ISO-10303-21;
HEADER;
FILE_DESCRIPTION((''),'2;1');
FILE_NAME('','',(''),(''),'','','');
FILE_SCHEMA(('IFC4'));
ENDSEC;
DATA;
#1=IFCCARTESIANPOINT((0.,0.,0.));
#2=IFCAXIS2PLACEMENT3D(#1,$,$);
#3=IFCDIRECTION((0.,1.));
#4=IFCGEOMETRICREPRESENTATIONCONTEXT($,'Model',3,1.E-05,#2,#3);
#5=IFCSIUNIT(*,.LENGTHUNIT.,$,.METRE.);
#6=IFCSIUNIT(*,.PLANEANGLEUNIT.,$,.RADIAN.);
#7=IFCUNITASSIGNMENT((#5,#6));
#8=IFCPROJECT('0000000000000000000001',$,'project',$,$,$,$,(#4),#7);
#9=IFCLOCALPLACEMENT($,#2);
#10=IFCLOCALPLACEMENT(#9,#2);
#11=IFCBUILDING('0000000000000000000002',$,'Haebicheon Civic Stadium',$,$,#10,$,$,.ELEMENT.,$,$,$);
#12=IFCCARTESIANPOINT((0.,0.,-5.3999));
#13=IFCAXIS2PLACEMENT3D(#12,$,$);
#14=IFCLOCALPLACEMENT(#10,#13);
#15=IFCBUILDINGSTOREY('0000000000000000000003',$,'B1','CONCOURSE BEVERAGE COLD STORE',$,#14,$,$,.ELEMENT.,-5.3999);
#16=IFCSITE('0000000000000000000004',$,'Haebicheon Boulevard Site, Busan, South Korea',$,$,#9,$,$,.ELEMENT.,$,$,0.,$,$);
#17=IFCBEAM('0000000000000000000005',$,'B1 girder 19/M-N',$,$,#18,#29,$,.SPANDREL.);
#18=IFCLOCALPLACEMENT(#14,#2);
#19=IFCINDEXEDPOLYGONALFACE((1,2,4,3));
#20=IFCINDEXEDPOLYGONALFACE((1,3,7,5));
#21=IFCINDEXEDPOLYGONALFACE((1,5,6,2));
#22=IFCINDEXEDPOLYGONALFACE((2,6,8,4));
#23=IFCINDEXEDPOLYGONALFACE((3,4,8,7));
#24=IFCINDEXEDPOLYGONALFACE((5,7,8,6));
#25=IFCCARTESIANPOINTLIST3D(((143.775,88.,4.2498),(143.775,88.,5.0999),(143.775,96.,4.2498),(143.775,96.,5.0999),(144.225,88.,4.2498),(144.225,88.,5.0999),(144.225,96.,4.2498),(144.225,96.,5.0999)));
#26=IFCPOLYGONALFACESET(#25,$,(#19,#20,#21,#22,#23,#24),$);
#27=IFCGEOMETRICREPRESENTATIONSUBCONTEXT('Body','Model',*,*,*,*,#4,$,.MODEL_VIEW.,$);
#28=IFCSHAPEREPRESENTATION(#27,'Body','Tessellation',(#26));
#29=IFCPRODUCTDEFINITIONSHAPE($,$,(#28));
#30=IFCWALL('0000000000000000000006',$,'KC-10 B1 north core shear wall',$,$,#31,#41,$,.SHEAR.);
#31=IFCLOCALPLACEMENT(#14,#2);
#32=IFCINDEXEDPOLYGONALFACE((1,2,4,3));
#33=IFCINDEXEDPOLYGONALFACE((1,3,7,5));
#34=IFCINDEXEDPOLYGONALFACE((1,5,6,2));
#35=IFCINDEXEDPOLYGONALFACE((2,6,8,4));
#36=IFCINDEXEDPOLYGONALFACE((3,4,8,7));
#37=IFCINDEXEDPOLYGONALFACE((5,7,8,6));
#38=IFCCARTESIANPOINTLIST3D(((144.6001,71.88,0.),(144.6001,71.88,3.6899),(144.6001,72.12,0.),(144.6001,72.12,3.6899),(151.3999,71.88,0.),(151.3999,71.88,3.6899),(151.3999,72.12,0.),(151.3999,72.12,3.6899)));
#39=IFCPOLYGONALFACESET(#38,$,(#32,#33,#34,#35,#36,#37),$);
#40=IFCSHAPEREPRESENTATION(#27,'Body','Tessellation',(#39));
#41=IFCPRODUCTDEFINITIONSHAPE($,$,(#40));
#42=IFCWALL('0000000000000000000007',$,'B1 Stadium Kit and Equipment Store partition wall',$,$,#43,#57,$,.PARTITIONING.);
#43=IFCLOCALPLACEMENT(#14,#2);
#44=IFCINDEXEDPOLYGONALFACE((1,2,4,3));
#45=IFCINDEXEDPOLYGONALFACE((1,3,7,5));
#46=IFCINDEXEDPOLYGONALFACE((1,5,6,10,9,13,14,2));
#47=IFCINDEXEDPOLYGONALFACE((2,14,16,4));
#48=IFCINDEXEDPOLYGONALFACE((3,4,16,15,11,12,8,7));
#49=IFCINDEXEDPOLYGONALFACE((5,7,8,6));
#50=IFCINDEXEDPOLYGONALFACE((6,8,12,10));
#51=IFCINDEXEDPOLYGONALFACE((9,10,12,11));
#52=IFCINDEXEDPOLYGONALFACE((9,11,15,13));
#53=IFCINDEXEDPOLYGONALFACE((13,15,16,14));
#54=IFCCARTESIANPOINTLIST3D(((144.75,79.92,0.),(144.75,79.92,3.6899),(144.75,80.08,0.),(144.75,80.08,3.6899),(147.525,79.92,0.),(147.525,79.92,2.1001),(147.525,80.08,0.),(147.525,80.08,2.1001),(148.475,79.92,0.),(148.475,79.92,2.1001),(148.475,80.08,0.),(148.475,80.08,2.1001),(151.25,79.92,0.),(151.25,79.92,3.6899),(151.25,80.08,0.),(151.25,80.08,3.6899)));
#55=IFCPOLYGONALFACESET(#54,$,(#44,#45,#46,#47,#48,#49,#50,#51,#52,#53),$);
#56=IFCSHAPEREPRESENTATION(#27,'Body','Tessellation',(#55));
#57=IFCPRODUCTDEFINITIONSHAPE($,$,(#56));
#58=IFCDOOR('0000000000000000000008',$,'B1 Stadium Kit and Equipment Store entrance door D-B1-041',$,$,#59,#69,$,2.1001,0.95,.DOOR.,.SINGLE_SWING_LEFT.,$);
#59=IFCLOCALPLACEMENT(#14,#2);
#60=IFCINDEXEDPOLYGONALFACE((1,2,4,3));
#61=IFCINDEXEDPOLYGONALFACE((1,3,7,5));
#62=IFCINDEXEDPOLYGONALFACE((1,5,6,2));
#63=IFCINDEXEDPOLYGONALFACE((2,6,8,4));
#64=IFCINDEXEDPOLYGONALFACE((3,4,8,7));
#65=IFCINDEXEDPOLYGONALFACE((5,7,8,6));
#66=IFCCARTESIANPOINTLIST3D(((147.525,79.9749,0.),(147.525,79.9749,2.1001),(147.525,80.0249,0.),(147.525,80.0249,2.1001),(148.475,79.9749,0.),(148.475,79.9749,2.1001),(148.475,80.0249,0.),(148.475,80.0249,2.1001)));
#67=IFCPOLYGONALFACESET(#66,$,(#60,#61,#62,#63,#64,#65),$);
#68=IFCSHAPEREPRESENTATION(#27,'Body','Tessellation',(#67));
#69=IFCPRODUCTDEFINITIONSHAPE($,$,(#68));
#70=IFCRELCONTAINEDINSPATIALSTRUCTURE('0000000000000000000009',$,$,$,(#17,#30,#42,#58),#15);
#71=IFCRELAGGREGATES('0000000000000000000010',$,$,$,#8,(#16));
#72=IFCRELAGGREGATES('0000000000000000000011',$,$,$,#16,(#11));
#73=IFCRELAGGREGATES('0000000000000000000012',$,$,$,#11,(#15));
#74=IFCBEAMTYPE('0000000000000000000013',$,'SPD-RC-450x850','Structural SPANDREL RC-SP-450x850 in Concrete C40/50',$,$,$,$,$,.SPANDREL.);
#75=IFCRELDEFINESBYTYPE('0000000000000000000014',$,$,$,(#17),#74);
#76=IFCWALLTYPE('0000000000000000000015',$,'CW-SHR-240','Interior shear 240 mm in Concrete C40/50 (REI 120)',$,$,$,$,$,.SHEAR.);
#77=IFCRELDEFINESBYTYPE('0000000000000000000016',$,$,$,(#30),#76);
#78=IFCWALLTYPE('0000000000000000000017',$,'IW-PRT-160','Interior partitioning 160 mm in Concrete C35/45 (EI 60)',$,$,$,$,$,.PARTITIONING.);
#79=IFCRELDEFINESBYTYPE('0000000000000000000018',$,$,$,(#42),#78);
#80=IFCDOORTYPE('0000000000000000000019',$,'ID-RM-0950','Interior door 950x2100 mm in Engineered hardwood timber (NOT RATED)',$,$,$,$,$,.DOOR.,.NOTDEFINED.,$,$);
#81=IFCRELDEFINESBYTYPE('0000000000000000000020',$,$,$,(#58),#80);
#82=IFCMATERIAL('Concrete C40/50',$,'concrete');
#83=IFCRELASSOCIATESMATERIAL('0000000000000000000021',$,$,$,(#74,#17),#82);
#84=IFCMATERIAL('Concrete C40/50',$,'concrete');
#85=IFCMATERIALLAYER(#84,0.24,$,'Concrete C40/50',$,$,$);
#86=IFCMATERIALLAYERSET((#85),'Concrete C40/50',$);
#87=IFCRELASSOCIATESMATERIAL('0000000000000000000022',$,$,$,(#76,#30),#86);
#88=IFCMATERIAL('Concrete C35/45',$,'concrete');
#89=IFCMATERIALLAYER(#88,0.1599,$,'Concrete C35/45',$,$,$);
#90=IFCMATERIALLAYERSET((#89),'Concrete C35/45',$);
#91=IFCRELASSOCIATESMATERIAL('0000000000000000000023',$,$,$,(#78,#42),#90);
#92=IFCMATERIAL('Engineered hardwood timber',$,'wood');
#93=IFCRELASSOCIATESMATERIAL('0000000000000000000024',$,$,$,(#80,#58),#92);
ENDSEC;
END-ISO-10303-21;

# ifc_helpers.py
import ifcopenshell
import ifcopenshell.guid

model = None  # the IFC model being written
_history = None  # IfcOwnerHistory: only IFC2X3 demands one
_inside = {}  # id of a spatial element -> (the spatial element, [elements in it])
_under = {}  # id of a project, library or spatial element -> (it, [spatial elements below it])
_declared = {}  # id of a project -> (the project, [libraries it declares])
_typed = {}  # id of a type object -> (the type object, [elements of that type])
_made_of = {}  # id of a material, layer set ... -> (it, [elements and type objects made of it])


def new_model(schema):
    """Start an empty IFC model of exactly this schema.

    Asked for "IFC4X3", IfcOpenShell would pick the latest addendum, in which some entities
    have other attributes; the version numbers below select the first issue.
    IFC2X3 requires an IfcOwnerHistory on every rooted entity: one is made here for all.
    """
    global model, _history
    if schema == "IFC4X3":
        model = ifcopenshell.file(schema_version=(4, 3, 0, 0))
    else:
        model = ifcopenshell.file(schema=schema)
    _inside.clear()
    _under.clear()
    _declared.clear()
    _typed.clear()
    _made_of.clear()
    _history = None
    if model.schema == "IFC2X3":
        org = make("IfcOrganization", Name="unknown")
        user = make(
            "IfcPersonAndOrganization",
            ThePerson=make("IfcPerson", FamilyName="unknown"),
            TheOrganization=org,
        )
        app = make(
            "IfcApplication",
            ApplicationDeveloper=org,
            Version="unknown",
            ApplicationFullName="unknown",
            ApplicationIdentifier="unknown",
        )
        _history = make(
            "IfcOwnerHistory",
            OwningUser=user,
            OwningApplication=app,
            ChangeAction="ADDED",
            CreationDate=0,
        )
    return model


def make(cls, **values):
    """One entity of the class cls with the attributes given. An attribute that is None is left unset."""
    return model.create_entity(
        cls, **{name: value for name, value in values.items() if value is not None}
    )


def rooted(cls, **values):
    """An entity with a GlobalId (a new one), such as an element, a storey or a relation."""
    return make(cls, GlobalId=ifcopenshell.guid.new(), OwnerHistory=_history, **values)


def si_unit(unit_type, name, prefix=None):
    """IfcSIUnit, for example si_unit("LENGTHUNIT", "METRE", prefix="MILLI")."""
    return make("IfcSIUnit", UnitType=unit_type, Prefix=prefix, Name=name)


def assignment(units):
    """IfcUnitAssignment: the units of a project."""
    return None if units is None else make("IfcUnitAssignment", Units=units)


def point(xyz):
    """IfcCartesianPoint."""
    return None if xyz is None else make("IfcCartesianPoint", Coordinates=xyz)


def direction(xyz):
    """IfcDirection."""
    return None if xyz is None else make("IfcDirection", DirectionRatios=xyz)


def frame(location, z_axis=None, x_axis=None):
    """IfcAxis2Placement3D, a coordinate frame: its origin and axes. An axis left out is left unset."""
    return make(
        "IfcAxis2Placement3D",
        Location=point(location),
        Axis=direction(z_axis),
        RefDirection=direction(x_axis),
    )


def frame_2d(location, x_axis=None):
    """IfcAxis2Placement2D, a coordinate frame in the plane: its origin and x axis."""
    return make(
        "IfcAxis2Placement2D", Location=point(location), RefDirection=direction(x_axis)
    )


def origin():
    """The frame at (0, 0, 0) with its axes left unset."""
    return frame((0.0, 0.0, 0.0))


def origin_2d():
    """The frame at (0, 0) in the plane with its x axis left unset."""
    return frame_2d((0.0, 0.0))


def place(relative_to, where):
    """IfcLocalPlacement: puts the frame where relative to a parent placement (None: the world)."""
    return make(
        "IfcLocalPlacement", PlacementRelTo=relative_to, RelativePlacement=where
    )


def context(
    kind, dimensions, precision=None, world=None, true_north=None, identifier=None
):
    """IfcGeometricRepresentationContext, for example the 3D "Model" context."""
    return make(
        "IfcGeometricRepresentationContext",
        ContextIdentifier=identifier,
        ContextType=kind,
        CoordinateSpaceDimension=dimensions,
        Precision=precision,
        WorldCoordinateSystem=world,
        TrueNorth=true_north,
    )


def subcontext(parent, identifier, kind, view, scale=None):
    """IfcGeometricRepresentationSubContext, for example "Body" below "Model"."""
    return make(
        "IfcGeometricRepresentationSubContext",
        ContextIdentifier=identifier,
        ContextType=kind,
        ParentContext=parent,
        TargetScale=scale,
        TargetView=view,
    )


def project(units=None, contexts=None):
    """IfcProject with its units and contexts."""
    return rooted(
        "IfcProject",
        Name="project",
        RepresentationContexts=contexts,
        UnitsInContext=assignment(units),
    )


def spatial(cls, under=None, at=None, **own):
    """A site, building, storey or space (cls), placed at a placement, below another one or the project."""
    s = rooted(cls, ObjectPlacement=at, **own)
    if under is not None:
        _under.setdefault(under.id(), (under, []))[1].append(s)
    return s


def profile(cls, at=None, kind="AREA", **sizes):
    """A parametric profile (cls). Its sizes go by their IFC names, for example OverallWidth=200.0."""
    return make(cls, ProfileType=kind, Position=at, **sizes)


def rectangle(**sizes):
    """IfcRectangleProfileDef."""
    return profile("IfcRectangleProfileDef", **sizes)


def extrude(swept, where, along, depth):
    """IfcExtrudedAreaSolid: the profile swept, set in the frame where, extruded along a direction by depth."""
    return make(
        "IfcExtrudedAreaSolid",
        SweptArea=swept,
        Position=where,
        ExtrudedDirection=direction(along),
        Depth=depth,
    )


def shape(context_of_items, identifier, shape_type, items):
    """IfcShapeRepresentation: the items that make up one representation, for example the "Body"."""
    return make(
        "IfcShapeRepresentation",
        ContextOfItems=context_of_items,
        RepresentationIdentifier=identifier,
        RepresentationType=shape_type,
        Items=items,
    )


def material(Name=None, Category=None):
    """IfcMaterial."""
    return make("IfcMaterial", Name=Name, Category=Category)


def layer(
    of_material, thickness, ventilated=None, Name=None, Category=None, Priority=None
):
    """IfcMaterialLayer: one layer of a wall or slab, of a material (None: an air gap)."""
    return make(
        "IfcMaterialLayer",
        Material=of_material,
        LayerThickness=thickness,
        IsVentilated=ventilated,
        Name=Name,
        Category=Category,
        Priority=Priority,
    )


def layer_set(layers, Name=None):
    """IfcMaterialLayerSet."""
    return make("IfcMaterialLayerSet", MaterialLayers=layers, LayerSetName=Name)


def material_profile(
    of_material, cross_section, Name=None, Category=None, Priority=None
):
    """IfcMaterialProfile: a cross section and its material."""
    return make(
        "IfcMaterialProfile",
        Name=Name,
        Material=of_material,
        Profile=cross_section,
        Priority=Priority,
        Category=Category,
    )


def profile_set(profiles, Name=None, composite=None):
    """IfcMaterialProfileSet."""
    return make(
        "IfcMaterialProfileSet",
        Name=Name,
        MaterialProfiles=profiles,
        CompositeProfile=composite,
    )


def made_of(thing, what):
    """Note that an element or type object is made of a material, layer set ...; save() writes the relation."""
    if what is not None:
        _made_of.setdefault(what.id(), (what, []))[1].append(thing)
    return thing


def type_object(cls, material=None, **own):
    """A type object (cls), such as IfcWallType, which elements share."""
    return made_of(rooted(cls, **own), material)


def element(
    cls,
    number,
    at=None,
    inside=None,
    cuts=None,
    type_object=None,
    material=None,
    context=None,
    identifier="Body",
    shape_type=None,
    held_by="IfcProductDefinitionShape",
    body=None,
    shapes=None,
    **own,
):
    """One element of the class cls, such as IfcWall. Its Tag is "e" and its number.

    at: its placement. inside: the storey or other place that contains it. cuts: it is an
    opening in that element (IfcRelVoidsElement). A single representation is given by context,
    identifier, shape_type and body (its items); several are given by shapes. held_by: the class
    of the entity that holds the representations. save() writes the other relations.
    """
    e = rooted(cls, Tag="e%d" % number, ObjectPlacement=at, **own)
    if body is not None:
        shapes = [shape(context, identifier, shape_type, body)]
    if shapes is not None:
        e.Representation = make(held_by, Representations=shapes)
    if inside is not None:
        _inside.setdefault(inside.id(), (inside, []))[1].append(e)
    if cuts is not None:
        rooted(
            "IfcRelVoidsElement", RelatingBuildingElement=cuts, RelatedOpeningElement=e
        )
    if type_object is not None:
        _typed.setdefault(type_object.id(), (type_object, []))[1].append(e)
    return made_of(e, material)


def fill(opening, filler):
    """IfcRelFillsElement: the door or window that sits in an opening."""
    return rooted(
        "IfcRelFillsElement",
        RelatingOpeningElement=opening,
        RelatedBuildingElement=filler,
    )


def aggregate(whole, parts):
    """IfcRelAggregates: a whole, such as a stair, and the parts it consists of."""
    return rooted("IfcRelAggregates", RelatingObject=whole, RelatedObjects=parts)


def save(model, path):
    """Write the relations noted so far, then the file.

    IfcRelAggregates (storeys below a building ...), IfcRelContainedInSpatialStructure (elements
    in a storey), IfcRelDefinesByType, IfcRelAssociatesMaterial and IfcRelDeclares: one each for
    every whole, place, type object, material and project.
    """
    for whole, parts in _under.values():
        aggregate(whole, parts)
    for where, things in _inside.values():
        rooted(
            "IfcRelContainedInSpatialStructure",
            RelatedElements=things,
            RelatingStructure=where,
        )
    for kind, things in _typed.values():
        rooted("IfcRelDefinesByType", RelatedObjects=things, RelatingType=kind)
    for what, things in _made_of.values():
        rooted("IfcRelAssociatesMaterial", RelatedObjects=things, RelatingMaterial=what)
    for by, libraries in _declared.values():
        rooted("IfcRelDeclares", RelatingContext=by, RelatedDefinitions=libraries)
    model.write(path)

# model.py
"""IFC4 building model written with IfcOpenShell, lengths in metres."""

from ifc_helpers import new_model, si_unit, direction, frame, frame_2d, origin, origin_2d, place, context, subcontext, project, spatial, rectangle, extrude, material, layer, layer_set, material_profile, profile_set, type_object, element, fill, save


model = new_model("IFC4")

# Units and contexts
model_context = context("Model", 3, precision=1e-05, world=origin(), true_north=direction((0.0, 1.0)))
body_context = subcontext(model_context, "Body", "Model", "MODEL_VIEW")
ifc_project = project(units=[si_unit("LENGTHUNIT", "METRE"), si_unit("PLANEANGLEUNIT", "RADIAN")], contexts=[model_context])

# Site, building, storey
site_placement = place(None, origin())
site = spatial("IfcSite", under=ifc_project, at=site_placement, Name="Haebicheon Boulevard Site, Busan, South Korea", CompositionType="ELEMENT", RefElevation=0.0)
building_placement = place(site_placement, origin())
building = spatial("IfcBuilding", under=site, at=building_placement, Name="Haebicheon Civic Stadium", CompositionType="ELEMENT")
storey_placement = place(building_placement, frame((0.0, 0.0, -5.3999)))
storey = spatial("IfcBuildingStorey", under=building, at=storey_placement, Name="B1", Description="CONCOURSE BEVERAGE COLD STORE", CompositionType="ELEMENT", Elevation=-5.3999)

# Beam
ifc_material_1 = material(Name="Concrete C40/50", Category="concrete")
ifc_material_profile_1 = material_profile(ifc_material_1, rectangle(XDim=0.45, YDim=0.8501, at=origin_2d()), Name="RC-SP-450x850")
ifc_profile_set_1 = profile_set([ifc_material_profile_1], Name="Concrete C40/50")
beam_type_1 = type_object("IfcBeamType", Name="SPD-RC-450x850", Description="Structural SPANDREL RC-SP-450x850 in Concrete C40/50", PredefinedType="SPANDREL", material=ifc_profile_set_1)
beam_1_placement = place(storey_placement, frame((144.0, 88.0, 4.6748), z_axis=(0.0, 1.0, 0.0), x_axis=(-1.0, 0.0, 0.0)))
element("IfcBeam", 1, at=beam_1_placement, inside=storey, type_object=beam_type_1, material=ifc_profile_set_1, Name="B1 girder 19/M-N", PredefinedType="SPANDREL", context=body_context, shape_type="SweptSolid", body=[
    extrude(rectangle(XDim=0.45, YDim=0.8501, at=origin_2d()), origin(), (0.0, 0.0, 1.0), 8.0),
])

# Wall
ifc_material_2 = material(Name="Concrete C40/50", Category="concrete")
ifc_layer_1 = layer(ifc_material_2, 0.24, Name="Concrete C40/50")
ifc_layer_set_1 = layer_set([ifc_layer_1], Name="Concrete C40/50")
wall_type_1 = type_object("IfcWallType", Name="CW-SHR-240", Description="Interior shear 240 mm in Concrete C40/50 (REI 120)", PredefinedType="SHEAR", material=ifc_layer_set_1)
wall_1_placement = place(storey_placement, frame((144.6001, 72.0, 0.0), z_axis=(0.0, 0.0, 1.0), x_axis=(1.0, 0.0, 0.0)))
element("IfcWall", 2, at=wall_1_placement, inside=storey, type_object=wall_type_1, material=ifc_layer_set_1, Name="KC-10 B1 north core shear wall", PredefinedType="SHEAR", context=body_context, shape_type="SweptSolid", body=[
    extrude(rectangle(XDim=6.7998, YDim=0.24, at=frame_2d((3.3999, 0.0))), origin(), (0.0, 0.0, 1.0), 3.6899),
])

# Wall, opening, door
ifc_material_3 = material(Name="Concrete C35/45", Category="concrete")
ifc_layer_2 = layer(ifc_material_3, 0.1599, Name="Concrete C35/45")
ifc_layer_set_2 = layer_set([ifc_layer_2], Name="Concrete C35/45")
wall_type_2 = type_object("IfcWallType", Name="IW-PRT-160", Description="Interior partitioning 160 mm in Concrete C35/45 (EI 60)", PredefinedType="PARTITIONING", material=ifc_layer_set_2)
wall_2_placement = place(storey_placement, frame((144.75, 80.0, 0.0), z_axis=(0.0, 0.0, 1.0), x_axis=(1.0, 0.0, 0.0)))
wall_2 = element("IfcWall", 3, at=wall_2_placement, inside=storey, type_object=wall_type_2, material=ifc_layer_set_2, Name="B1 Stadium Kit and Equipment Store partition wall", PredefinedType="PARTITIONING", context=body_context, shape_type="SweptSolid", body=[
    extrude(rectangle(XDim=6.5, YDim=0.1599, at=frame_2d((3.25, 0.0))), origin(), (0.0, 0.0, 1.0), 3.6899),
])
opening_placement = place(wall_2_placement, frame((2.7749, 0.0, 0.0)))
opening = element("IfcOpeningElement", 4, at=opening_placement, cuts=wall_2, PredefinedType="OPENING", context=body_context, shape_type="SweptSolid", body=[
    extrude(rectangle(XDim=0.95, YDim=2.1001, at=frame_2d((0.4751, 1.05))), frame((0.0, 0.0898, 0.0), z_axis=(0.0, -1.0, 0.0), x_axis=(1.0, 0.0, 0.0)), (0.0, 0.0, 1.0), 0.1799),
])
ifc_material_4 = material(Name="Engineered hardwood timber", Category="wood")
door_type = type_object("IfcDoorType", Name="ID-RM-0950", Description="Interior door 950x2100 mm in Engineered hardwood timber (NOT RATED)", OperationType="NOTDEFINED", PredefinedType="DOOR", material=ifc_material_4)
door_placement = place(opening_placement, origin())
door = element("IfcDoor", 5, at=door_placement, inside=storey, type_object=door_type, material=ifc_material_4, Name="B1 Stadium Kit and Equipment Store entrance door D-B1-041", OperationType="SINGLE_SWING_LEFT", OverallHeight=2.1001, OverallWidth=0.95, PredefinedType="DOOR", context=body_context, shape_type="SweptSolid", body=[
    extrude(rectangle(XDim=0.95, YDim=2.1001, at=frame_2d((0.4751, 1.05))), frame((0.0, 0.0249, 0.0), z_axis=(0.0, -1.0, 0.0), x_axis=(1.0, 0.0, 0.0)), (0.0, 0.0, 1.0), 0.05),
])
fill(opening, door)

save(model, "model.ifc")
